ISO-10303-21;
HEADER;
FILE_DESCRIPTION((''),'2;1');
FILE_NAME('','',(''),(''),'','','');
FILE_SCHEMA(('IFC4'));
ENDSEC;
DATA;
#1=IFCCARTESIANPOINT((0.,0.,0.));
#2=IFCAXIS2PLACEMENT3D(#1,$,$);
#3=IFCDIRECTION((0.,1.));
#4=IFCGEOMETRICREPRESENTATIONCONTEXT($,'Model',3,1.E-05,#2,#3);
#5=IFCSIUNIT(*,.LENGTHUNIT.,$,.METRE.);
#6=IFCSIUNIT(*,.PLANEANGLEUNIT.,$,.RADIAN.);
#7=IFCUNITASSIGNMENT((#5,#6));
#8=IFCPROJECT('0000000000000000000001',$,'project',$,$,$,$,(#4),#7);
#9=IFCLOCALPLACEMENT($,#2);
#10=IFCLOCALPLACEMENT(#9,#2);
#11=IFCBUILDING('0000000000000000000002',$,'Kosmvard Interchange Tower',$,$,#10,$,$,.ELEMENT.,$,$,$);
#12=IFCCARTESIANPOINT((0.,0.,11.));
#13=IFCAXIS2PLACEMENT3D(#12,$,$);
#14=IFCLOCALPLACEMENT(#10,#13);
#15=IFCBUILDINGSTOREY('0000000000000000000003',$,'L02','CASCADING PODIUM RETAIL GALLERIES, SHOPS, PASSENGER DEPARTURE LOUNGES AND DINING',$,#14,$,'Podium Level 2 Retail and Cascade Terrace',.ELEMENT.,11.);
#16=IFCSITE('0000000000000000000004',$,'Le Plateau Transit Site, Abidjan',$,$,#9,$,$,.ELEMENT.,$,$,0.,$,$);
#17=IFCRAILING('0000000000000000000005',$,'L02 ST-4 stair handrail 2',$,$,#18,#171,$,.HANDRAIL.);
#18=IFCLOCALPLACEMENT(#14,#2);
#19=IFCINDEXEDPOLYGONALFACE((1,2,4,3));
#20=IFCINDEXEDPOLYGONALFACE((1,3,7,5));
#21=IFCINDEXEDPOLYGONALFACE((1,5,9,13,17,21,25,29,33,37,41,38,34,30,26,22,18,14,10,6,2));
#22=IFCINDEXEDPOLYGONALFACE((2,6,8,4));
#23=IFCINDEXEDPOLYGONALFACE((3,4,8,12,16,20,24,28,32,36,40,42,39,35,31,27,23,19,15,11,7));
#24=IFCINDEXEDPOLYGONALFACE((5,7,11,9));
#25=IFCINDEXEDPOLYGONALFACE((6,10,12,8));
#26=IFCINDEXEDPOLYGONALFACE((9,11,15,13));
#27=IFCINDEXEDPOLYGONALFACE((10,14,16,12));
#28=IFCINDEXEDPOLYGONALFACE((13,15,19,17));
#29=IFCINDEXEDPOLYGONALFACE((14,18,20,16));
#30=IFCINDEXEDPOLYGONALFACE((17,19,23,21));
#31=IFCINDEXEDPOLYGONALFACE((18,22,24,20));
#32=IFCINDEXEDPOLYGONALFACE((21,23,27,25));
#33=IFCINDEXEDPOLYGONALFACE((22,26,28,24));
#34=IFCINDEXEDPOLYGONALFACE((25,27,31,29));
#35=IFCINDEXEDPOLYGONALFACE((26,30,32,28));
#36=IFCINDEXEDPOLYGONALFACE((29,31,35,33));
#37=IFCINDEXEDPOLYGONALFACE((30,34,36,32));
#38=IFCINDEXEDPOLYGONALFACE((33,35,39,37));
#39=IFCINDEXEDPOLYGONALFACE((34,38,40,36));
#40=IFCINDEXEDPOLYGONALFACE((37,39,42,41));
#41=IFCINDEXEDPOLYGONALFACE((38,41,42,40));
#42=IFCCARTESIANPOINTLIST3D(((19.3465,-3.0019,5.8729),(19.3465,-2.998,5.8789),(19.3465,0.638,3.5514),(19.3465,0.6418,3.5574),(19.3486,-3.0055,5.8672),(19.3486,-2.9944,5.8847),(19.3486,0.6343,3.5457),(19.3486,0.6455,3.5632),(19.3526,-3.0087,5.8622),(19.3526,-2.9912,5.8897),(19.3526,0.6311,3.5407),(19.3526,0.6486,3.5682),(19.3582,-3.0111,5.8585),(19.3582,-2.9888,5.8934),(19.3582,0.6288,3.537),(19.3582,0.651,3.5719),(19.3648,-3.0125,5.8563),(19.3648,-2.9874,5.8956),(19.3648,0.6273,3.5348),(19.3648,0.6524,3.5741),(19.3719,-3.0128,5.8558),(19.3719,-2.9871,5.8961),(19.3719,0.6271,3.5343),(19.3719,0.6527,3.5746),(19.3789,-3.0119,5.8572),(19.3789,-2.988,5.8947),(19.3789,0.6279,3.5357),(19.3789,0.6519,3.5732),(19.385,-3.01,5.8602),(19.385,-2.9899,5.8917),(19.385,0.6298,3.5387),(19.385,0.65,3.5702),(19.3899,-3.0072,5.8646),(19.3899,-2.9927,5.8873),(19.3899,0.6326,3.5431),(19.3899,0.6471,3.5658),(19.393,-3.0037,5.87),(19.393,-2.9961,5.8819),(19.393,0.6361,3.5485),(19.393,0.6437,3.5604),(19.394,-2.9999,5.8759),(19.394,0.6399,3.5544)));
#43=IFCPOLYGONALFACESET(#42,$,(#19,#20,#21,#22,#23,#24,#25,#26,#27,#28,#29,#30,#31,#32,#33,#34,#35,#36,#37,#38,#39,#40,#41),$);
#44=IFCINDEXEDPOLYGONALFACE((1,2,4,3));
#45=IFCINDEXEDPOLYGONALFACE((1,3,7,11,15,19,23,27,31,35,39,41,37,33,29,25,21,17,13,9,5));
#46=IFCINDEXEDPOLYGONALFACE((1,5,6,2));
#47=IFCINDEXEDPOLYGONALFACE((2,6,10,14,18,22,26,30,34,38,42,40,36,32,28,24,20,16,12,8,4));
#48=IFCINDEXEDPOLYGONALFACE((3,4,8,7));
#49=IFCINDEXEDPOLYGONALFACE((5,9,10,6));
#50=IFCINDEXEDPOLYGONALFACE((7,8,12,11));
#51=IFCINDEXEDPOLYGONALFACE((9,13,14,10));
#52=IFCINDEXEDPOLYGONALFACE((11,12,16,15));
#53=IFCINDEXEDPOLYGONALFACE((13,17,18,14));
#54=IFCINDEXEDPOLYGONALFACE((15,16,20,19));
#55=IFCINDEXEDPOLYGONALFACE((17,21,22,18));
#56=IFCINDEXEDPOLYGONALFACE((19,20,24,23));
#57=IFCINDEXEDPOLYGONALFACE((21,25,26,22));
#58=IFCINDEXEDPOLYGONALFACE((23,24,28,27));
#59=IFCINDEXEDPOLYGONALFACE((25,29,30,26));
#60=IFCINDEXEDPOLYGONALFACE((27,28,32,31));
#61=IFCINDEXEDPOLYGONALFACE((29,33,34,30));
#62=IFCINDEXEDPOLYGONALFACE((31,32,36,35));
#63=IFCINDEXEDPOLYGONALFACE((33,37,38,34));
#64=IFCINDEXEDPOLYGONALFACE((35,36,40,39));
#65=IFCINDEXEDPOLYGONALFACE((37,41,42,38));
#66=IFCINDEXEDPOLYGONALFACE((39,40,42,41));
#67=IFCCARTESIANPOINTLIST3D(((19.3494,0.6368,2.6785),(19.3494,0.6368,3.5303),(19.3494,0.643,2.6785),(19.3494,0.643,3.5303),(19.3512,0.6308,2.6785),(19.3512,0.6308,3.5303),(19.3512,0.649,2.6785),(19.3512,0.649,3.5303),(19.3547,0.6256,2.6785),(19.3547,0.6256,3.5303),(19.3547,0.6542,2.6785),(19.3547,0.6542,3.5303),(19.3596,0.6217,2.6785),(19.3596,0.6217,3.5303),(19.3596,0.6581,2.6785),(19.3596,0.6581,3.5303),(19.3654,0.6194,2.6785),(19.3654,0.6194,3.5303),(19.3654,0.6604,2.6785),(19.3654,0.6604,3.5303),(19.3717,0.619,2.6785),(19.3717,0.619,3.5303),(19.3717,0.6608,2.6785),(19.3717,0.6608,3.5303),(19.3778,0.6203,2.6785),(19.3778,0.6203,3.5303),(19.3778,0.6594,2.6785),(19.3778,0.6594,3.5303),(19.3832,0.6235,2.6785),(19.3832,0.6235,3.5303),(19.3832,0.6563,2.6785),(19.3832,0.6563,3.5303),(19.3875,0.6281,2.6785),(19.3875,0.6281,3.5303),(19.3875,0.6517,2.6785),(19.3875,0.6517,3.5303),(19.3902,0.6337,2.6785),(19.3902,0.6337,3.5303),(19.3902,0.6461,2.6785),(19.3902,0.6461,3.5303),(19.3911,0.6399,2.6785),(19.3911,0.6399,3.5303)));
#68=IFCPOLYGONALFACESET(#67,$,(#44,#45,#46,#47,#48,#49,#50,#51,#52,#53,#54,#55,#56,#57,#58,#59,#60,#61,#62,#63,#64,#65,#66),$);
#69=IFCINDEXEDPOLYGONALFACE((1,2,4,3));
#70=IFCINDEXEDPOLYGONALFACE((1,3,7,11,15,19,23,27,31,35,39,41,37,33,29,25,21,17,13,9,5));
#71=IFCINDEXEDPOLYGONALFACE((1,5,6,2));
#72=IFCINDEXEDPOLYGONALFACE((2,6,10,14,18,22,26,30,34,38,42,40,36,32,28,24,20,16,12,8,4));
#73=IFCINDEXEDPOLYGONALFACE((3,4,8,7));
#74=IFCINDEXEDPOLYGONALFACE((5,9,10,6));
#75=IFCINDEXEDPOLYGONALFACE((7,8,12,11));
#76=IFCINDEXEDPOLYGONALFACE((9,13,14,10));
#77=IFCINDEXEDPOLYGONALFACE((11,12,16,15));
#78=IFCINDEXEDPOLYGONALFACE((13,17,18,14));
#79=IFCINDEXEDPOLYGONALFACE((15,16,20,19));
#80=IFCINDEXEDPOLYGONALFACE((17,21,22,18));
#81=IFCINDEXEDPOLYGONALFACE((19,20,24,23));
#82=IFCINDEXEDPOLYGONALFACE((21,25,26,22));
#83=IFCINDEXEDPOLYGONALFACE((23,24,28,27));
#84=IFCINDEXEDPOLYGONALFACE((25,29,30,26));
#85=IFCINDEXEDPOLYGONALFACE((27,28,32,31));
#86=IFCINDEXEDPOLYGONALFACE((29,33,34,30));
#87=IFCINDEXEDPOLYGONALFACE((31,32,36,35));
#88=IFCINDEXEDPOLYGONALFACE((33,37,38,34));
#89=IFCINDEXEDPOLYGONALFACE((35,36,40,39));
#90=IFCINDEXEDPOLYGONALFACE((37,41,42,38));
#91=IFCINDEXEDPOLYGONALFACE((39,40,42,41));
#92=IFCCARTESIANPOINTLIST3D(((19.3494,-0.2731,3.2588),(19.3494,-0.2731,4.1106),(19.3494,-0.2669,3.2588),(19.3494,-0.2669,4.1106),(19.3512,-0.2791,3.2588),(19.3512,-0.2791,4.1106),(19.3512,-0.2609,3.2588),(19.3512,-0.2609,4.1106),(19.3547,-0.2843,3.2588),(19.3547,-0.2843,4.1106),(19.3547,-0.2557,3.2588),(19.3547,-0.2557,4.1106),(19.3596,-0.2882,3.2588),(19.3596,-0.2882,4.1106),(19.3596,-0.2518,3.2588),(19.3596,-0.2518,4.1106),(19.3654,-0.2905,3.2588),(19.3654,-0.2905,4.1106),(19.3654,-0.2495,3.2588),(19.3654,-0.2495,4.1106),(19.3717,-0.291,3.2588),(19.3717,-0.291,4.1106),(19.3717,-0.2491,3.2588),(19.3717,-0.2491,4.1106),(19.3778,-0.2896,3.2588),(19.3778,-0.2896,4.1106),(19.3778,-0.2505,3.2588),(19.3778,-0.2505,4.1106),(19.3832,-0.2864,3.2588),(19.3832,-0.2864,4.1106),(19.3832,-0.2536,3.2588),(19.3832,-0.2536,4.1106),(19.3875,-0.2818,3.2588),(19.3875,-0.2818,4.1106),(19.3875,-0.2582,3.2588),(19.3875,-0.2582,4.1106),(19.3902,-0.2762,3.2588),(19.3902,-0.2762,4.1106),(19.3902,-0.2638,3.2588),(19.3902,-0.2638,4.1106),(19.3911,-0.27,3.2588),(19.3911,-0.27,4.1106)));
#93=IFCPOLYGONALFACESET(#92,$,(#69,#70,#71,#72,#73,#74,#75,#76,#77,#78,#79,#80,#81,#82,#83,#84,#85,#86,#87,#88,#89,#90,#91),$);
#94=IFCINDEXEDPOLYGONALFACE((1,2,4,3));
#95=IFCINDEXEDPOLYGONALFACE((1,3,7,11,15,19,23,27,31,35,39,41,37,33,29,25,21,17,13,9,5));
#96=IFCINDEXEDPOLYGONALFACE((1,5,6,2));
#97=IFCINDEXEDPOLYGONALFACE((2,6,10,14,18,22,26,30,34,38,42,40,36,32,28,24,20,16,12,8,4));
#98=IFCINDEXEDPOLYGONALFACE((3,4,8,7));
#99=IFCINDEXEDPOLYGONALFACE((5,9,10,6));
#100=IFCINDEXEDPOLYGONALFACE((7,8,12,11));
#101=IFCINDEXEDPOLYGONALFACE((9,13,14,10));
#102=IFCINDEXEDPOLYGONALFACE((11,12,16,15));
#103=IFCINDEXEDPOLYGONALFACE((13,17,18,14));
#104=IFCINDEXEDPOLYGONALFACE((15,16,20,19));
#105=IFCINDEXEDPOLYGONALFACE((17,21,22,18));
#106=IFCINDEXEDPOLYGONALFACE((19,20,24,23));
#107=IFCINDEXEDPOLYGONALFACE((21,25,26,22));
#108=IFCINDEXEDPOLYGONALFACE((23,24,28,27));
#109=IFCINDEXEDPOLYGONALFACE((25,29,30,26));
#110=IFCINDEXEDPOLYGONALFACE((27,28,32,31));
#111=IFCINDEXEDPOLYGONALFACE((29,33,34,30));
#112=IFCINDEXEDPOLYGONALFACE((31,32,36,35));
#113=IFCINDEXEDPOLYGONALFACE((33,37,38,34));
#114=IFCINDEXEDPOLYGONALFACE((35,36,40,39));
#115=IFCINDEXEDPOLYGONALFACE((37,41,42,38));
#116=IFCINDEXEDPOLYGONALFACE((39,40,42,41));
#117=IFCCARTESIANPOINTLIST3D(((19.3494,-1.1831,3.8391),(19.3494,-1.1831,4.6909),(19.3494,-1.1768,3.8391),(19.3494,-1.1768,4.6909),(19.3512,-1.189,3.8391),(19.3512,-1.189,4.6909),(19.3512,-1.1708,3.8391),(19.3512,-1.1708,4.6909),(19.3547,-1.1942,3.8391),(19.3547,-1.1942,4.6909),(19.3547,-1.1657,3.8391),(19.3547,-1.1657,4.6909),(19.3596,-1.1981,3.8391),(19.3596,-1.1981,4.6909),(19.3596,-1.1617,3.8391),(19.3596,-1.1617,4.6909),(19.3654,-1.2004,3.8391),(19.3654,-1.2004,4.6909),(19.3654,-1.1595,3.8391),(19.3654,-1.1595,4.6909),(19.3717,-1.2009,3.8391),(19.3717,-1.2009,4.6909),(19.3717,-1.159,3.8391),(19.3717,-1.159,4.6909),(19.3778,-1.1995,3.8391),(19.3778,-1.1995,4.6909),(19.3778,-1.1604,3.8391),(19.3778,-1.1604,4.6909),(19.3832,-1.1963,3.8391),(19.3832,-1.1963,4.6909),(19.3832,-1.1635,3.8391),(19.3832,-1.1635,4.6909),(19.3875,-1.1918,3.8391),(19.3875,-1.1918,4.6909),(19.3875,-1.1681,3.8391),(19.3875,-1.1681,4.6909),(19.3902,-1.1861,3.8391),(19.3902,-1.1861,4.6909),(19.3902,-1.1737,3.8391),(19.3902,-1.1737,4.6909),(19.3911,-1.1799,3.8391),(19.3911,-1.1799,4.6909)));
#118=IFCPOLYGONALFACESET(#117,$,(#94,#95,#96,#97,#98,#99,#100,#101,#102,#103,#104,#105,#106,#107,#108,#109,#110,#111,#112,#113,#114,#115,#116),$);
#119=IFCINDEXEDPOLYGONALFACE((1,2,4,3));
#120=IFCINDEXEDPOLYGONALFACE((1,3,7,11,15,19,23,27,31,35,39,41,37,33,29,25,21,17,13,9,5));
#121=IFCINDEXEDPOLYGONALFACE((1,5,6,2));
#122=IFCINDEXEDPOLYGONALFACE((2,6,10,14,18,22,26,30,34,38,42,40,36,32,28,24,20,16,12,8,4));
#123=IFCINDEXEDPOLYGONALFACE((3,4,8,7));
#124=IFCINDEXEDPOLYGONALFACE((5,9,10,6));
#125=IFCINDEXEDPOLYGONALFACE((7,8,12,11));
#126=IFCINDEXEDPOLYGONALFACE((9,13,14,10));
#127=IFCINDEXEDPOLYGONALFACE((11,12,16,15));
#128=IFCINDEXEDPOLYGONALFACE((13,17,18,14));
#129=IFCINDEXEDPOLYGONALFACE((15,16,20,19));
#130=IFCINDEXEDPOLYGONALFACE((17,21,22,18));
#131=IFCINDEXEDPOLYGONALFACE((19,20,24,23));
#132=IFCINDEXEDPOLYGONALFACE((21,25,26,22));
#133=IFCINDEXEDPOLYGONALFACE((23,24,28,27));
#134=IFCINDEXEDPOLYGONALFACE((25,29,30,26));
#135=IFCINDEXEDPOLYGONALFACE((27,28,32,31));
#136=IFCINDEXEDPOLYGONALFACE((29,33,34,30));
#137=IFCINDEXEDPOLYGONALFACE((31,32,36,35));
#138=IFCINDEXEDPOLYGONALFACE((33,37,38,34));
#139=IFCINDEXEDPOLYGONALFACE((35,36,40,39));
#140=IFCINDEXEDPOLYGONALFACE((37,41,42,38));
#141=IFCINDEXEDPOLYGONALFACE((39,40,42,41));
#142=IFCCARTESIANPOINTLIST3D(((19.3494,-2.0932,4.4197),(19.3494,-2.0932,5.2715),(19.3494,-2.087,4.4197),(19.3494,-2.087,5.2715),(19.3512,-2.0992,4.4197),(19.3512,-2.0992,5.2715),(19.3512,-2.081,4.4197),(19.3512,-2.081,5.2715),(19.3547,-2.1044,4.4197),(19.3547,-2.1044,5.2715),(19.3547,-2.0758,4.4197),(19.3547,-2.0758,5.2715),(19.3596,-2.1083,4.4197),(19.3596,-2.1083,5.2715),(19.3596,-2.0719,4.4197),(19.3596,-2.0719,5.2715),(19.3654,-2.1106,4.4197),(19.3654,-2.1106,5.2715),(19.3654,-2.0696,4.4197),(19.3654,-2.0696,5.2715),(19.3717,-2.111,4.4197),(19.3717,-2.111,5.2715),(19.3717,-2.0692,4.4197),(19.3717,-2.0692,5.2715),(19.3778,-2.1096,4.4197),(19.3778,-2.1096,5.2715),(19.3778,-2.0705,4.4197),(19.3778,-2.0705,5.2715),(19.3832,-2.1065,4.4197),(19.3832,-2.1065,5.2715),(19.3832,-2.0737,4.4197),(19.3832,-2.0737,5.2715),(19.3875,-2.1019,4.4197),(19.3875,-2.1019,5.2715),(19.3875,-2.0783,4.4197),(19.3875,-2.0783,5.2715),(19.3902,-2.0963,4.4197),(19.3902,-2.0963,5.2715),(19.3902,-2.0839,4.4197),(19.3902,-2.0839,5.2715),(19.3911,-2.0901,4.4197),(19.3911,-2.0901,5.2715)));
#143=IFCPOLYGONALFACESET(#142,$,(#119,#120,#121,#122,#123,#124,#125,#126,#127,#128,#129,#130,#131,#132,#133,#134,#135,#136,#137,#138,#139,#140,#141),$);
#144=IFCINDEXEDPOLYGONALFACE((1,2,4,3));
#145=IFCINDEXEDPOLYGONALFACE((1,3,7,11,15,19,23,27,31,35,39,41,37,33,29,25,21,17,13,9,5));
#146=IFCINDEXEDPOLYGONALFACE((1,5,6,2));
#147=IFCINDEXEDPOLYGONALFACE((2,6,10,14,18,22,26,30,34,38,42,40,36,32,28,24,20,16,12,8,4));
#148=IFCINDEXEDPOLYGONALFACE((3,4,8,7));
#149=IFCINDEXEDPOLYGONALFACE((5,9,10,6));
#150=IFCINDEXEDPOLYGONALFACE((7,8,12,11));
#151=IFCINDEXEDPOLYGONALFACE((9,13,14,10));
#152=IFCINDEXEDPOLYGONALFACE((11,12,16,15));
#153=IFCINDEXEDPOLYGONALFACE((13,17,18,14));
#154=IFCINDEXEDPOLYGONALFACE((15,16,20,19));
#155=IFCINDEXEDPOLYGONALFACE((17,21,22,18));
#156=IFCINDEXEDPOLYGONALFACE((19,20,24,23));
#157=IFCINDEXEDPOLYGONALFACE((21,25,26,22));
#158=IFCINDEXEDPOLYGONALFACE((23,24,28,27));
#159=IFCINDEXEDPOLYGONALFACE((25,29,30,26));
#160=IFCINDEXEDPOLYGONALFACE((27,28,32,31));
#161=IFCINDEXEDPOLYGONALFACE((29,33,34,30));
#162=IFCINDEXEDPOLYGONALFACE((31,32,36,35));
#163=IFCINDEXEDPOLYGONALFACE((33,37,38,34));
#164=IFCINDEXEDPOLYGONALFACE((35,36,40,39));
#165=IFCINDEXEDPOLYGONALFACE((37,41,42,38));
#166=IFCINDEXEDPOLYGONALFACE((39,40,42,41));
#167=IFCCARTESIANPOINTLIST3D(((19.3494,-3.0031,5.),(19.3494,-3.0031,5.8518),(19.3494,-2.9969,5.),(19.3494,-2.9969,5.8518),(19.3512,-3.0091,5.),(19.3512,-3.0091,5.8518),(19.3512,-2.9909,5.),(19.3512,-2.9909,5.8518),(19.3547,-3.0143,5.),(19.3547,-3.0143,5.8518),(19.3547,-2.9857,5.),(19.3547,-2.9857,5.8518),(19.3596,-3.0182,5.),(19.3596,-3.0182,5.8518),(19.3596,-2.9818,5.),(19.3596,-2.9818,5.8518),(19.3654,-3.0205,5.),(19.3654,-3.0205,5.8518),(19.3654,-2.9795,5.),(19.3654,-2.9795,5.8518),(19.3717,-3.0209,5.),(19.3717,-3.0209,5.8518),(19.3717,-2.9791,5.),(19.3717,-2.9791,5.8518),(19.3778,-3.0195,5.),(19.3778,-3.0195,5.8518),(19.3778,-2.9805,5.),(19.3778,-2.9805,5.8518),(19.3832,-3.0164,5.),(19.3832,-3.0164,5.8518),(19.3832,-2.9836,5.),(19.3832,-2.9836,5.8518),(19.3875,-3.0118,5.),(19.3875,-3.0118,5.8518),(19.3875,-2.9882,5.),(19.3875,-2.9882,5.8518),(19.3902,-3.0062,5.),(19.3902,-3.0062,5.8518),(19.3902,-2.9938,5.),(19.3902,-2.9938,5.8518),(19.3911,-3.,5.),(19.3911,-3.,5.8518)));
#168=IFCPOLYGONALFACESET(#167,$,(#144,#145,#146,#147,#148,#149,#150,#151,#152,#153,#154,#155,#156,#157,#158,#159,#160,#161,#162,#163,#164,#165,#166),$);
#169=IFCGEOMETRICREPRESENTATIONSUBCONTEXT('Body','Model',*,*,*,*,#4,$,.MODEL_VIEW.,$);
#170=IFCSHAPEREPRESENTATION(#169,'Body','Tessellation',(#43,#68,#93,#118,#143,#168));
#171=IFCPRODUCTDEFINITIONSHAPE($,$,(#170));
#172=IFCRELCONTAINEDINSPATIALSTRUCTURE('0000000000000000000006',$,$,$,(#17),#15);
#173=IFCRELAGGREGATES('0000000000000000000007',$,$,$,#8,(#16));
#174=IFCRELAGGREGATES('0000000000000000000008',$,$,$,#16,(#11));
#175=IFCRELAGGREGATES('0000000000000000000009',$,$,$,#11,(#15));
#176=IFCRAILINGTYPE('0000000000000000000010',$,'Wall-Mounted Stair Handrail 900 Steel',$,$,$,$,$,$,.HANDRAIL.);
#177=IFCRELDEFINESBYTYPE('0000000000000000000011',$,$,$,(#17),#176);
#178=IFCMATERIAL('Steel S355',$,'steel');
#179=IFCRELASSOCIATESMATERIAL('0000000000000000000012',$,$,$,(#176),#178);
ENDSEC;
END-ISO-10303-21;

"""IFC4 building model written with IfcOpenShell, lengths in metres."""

from ifc_helpers import new_model, si_unit, direction, frame, origin, origin_2d, place, context, subcontext, project, spatial, circle, extrude, source, transform, mapped, material, type_object, element, save


model = new_model("IFC4")

# Units and contexts
model_context = context("Model", 3, precision=1e-05, world=origin(), true_north=direction((0.0, 1.0)))
body_context = subcontext(model_context, "Body", "Model", "MODEL_VIEW")
ifc_project = project(units=[si_unit("LENGTHUNIT", "METRE"), si_unit("PLANEANGLEUNIT", "RADIAN")], contexts=[model_context])

# Site, building, storey
site_placement = place(None, origin())
site = spatial("IfcSite", under=ifc_project, at=site_placement, Name="Le Plateau Transit Site, Abidjan", CompositionType="ELEMENT", RefElevation=0.0)
building_placement = place(site_placement, origin())
building = spatial("IfcBuilding", under=site, at=building_placement, Name="Kosmvard Interchange Tower", CompositionType="ELEMENT")
storey_placement = place(building_placement, frame((0.0, 0.0, 11.0)))
storey = spatial("IfcBuildingStorey", under=building, at=storey_placement, Name="L02", Description="CASCADING PODIUM RETAIL GALLERIES, SHOPS, PASSENGER DEPARTURE LOUNGES AND DINING", LongName="Podium Level 2 Retail and Cascade Terrace", CompositionType="ELEMENT", Elevation=11.0)

# Shared definitions
ifc_material_1 = material(Name="Steel S355", Category="steel")

# Railing
railing_type_1 = type_object("IfcRailingType", Name="Wall-Mounted Stair Handrail 900 Steel", PredefinedType="HANDRAIL", material=ifc_material_1)
shared_shape_1 = source(origin(), body_context, "Body", "SweptSolid", [
    extrude(circle(Radius=0.0239, at=origin_2d()), frame((0.0, 0.0, 0.876), z_axis=(0.0, -0.843112, 0.537739), x_axis=(1.0, 0.0, 0.0)), (0.0, 0.0, 1.0), 4.3171),
    extrude(circle(Radius=0.021, at=origin_2d()), origin(), (0.0, 0.0, 1.0), 0.8518),
    extrude(circle(Radius=0.021, at=origin_2d()), frame((0.0, -0.9099, 0.5803)), (0.0, 0.0, 1.0), 0.8518),
    extrude(circle(Radius=0.021, at=origin_2d()), frame((0.0, -1.8198, 1.1606)), (0.0, 0.0, 1.0), 0.8518),
    extrude(circle(Radius=0.021, at=origin_2d()), frame((0.0, -2.73, 1.7412)), (0.0, 0.0, 1.0), 0.8518),
    extrude(circle(Radius=0.021, at=origin_2d()), frame((0.0, -3.6399, 2.3215)), (0.0, 0.0, 1.0), 0.8518),
])
railing_1_placement = place(storey_placement, frame((19.3701, 0.6399, 2.6785)))
element("IfcRailing", 1, at=railing_1_placement, inside=storey, type_object=railing_type_1, Name="L02 ST-4 stair handrail 2", PredefinedType="HANDRAIL", context=body_context, shape_type="MappedRepresentation", body=[
    mapped(shared_shape_1, transform((0.0, 0.0, 0.0), scale=1.0)),
])

save(model, "model.ifc")
